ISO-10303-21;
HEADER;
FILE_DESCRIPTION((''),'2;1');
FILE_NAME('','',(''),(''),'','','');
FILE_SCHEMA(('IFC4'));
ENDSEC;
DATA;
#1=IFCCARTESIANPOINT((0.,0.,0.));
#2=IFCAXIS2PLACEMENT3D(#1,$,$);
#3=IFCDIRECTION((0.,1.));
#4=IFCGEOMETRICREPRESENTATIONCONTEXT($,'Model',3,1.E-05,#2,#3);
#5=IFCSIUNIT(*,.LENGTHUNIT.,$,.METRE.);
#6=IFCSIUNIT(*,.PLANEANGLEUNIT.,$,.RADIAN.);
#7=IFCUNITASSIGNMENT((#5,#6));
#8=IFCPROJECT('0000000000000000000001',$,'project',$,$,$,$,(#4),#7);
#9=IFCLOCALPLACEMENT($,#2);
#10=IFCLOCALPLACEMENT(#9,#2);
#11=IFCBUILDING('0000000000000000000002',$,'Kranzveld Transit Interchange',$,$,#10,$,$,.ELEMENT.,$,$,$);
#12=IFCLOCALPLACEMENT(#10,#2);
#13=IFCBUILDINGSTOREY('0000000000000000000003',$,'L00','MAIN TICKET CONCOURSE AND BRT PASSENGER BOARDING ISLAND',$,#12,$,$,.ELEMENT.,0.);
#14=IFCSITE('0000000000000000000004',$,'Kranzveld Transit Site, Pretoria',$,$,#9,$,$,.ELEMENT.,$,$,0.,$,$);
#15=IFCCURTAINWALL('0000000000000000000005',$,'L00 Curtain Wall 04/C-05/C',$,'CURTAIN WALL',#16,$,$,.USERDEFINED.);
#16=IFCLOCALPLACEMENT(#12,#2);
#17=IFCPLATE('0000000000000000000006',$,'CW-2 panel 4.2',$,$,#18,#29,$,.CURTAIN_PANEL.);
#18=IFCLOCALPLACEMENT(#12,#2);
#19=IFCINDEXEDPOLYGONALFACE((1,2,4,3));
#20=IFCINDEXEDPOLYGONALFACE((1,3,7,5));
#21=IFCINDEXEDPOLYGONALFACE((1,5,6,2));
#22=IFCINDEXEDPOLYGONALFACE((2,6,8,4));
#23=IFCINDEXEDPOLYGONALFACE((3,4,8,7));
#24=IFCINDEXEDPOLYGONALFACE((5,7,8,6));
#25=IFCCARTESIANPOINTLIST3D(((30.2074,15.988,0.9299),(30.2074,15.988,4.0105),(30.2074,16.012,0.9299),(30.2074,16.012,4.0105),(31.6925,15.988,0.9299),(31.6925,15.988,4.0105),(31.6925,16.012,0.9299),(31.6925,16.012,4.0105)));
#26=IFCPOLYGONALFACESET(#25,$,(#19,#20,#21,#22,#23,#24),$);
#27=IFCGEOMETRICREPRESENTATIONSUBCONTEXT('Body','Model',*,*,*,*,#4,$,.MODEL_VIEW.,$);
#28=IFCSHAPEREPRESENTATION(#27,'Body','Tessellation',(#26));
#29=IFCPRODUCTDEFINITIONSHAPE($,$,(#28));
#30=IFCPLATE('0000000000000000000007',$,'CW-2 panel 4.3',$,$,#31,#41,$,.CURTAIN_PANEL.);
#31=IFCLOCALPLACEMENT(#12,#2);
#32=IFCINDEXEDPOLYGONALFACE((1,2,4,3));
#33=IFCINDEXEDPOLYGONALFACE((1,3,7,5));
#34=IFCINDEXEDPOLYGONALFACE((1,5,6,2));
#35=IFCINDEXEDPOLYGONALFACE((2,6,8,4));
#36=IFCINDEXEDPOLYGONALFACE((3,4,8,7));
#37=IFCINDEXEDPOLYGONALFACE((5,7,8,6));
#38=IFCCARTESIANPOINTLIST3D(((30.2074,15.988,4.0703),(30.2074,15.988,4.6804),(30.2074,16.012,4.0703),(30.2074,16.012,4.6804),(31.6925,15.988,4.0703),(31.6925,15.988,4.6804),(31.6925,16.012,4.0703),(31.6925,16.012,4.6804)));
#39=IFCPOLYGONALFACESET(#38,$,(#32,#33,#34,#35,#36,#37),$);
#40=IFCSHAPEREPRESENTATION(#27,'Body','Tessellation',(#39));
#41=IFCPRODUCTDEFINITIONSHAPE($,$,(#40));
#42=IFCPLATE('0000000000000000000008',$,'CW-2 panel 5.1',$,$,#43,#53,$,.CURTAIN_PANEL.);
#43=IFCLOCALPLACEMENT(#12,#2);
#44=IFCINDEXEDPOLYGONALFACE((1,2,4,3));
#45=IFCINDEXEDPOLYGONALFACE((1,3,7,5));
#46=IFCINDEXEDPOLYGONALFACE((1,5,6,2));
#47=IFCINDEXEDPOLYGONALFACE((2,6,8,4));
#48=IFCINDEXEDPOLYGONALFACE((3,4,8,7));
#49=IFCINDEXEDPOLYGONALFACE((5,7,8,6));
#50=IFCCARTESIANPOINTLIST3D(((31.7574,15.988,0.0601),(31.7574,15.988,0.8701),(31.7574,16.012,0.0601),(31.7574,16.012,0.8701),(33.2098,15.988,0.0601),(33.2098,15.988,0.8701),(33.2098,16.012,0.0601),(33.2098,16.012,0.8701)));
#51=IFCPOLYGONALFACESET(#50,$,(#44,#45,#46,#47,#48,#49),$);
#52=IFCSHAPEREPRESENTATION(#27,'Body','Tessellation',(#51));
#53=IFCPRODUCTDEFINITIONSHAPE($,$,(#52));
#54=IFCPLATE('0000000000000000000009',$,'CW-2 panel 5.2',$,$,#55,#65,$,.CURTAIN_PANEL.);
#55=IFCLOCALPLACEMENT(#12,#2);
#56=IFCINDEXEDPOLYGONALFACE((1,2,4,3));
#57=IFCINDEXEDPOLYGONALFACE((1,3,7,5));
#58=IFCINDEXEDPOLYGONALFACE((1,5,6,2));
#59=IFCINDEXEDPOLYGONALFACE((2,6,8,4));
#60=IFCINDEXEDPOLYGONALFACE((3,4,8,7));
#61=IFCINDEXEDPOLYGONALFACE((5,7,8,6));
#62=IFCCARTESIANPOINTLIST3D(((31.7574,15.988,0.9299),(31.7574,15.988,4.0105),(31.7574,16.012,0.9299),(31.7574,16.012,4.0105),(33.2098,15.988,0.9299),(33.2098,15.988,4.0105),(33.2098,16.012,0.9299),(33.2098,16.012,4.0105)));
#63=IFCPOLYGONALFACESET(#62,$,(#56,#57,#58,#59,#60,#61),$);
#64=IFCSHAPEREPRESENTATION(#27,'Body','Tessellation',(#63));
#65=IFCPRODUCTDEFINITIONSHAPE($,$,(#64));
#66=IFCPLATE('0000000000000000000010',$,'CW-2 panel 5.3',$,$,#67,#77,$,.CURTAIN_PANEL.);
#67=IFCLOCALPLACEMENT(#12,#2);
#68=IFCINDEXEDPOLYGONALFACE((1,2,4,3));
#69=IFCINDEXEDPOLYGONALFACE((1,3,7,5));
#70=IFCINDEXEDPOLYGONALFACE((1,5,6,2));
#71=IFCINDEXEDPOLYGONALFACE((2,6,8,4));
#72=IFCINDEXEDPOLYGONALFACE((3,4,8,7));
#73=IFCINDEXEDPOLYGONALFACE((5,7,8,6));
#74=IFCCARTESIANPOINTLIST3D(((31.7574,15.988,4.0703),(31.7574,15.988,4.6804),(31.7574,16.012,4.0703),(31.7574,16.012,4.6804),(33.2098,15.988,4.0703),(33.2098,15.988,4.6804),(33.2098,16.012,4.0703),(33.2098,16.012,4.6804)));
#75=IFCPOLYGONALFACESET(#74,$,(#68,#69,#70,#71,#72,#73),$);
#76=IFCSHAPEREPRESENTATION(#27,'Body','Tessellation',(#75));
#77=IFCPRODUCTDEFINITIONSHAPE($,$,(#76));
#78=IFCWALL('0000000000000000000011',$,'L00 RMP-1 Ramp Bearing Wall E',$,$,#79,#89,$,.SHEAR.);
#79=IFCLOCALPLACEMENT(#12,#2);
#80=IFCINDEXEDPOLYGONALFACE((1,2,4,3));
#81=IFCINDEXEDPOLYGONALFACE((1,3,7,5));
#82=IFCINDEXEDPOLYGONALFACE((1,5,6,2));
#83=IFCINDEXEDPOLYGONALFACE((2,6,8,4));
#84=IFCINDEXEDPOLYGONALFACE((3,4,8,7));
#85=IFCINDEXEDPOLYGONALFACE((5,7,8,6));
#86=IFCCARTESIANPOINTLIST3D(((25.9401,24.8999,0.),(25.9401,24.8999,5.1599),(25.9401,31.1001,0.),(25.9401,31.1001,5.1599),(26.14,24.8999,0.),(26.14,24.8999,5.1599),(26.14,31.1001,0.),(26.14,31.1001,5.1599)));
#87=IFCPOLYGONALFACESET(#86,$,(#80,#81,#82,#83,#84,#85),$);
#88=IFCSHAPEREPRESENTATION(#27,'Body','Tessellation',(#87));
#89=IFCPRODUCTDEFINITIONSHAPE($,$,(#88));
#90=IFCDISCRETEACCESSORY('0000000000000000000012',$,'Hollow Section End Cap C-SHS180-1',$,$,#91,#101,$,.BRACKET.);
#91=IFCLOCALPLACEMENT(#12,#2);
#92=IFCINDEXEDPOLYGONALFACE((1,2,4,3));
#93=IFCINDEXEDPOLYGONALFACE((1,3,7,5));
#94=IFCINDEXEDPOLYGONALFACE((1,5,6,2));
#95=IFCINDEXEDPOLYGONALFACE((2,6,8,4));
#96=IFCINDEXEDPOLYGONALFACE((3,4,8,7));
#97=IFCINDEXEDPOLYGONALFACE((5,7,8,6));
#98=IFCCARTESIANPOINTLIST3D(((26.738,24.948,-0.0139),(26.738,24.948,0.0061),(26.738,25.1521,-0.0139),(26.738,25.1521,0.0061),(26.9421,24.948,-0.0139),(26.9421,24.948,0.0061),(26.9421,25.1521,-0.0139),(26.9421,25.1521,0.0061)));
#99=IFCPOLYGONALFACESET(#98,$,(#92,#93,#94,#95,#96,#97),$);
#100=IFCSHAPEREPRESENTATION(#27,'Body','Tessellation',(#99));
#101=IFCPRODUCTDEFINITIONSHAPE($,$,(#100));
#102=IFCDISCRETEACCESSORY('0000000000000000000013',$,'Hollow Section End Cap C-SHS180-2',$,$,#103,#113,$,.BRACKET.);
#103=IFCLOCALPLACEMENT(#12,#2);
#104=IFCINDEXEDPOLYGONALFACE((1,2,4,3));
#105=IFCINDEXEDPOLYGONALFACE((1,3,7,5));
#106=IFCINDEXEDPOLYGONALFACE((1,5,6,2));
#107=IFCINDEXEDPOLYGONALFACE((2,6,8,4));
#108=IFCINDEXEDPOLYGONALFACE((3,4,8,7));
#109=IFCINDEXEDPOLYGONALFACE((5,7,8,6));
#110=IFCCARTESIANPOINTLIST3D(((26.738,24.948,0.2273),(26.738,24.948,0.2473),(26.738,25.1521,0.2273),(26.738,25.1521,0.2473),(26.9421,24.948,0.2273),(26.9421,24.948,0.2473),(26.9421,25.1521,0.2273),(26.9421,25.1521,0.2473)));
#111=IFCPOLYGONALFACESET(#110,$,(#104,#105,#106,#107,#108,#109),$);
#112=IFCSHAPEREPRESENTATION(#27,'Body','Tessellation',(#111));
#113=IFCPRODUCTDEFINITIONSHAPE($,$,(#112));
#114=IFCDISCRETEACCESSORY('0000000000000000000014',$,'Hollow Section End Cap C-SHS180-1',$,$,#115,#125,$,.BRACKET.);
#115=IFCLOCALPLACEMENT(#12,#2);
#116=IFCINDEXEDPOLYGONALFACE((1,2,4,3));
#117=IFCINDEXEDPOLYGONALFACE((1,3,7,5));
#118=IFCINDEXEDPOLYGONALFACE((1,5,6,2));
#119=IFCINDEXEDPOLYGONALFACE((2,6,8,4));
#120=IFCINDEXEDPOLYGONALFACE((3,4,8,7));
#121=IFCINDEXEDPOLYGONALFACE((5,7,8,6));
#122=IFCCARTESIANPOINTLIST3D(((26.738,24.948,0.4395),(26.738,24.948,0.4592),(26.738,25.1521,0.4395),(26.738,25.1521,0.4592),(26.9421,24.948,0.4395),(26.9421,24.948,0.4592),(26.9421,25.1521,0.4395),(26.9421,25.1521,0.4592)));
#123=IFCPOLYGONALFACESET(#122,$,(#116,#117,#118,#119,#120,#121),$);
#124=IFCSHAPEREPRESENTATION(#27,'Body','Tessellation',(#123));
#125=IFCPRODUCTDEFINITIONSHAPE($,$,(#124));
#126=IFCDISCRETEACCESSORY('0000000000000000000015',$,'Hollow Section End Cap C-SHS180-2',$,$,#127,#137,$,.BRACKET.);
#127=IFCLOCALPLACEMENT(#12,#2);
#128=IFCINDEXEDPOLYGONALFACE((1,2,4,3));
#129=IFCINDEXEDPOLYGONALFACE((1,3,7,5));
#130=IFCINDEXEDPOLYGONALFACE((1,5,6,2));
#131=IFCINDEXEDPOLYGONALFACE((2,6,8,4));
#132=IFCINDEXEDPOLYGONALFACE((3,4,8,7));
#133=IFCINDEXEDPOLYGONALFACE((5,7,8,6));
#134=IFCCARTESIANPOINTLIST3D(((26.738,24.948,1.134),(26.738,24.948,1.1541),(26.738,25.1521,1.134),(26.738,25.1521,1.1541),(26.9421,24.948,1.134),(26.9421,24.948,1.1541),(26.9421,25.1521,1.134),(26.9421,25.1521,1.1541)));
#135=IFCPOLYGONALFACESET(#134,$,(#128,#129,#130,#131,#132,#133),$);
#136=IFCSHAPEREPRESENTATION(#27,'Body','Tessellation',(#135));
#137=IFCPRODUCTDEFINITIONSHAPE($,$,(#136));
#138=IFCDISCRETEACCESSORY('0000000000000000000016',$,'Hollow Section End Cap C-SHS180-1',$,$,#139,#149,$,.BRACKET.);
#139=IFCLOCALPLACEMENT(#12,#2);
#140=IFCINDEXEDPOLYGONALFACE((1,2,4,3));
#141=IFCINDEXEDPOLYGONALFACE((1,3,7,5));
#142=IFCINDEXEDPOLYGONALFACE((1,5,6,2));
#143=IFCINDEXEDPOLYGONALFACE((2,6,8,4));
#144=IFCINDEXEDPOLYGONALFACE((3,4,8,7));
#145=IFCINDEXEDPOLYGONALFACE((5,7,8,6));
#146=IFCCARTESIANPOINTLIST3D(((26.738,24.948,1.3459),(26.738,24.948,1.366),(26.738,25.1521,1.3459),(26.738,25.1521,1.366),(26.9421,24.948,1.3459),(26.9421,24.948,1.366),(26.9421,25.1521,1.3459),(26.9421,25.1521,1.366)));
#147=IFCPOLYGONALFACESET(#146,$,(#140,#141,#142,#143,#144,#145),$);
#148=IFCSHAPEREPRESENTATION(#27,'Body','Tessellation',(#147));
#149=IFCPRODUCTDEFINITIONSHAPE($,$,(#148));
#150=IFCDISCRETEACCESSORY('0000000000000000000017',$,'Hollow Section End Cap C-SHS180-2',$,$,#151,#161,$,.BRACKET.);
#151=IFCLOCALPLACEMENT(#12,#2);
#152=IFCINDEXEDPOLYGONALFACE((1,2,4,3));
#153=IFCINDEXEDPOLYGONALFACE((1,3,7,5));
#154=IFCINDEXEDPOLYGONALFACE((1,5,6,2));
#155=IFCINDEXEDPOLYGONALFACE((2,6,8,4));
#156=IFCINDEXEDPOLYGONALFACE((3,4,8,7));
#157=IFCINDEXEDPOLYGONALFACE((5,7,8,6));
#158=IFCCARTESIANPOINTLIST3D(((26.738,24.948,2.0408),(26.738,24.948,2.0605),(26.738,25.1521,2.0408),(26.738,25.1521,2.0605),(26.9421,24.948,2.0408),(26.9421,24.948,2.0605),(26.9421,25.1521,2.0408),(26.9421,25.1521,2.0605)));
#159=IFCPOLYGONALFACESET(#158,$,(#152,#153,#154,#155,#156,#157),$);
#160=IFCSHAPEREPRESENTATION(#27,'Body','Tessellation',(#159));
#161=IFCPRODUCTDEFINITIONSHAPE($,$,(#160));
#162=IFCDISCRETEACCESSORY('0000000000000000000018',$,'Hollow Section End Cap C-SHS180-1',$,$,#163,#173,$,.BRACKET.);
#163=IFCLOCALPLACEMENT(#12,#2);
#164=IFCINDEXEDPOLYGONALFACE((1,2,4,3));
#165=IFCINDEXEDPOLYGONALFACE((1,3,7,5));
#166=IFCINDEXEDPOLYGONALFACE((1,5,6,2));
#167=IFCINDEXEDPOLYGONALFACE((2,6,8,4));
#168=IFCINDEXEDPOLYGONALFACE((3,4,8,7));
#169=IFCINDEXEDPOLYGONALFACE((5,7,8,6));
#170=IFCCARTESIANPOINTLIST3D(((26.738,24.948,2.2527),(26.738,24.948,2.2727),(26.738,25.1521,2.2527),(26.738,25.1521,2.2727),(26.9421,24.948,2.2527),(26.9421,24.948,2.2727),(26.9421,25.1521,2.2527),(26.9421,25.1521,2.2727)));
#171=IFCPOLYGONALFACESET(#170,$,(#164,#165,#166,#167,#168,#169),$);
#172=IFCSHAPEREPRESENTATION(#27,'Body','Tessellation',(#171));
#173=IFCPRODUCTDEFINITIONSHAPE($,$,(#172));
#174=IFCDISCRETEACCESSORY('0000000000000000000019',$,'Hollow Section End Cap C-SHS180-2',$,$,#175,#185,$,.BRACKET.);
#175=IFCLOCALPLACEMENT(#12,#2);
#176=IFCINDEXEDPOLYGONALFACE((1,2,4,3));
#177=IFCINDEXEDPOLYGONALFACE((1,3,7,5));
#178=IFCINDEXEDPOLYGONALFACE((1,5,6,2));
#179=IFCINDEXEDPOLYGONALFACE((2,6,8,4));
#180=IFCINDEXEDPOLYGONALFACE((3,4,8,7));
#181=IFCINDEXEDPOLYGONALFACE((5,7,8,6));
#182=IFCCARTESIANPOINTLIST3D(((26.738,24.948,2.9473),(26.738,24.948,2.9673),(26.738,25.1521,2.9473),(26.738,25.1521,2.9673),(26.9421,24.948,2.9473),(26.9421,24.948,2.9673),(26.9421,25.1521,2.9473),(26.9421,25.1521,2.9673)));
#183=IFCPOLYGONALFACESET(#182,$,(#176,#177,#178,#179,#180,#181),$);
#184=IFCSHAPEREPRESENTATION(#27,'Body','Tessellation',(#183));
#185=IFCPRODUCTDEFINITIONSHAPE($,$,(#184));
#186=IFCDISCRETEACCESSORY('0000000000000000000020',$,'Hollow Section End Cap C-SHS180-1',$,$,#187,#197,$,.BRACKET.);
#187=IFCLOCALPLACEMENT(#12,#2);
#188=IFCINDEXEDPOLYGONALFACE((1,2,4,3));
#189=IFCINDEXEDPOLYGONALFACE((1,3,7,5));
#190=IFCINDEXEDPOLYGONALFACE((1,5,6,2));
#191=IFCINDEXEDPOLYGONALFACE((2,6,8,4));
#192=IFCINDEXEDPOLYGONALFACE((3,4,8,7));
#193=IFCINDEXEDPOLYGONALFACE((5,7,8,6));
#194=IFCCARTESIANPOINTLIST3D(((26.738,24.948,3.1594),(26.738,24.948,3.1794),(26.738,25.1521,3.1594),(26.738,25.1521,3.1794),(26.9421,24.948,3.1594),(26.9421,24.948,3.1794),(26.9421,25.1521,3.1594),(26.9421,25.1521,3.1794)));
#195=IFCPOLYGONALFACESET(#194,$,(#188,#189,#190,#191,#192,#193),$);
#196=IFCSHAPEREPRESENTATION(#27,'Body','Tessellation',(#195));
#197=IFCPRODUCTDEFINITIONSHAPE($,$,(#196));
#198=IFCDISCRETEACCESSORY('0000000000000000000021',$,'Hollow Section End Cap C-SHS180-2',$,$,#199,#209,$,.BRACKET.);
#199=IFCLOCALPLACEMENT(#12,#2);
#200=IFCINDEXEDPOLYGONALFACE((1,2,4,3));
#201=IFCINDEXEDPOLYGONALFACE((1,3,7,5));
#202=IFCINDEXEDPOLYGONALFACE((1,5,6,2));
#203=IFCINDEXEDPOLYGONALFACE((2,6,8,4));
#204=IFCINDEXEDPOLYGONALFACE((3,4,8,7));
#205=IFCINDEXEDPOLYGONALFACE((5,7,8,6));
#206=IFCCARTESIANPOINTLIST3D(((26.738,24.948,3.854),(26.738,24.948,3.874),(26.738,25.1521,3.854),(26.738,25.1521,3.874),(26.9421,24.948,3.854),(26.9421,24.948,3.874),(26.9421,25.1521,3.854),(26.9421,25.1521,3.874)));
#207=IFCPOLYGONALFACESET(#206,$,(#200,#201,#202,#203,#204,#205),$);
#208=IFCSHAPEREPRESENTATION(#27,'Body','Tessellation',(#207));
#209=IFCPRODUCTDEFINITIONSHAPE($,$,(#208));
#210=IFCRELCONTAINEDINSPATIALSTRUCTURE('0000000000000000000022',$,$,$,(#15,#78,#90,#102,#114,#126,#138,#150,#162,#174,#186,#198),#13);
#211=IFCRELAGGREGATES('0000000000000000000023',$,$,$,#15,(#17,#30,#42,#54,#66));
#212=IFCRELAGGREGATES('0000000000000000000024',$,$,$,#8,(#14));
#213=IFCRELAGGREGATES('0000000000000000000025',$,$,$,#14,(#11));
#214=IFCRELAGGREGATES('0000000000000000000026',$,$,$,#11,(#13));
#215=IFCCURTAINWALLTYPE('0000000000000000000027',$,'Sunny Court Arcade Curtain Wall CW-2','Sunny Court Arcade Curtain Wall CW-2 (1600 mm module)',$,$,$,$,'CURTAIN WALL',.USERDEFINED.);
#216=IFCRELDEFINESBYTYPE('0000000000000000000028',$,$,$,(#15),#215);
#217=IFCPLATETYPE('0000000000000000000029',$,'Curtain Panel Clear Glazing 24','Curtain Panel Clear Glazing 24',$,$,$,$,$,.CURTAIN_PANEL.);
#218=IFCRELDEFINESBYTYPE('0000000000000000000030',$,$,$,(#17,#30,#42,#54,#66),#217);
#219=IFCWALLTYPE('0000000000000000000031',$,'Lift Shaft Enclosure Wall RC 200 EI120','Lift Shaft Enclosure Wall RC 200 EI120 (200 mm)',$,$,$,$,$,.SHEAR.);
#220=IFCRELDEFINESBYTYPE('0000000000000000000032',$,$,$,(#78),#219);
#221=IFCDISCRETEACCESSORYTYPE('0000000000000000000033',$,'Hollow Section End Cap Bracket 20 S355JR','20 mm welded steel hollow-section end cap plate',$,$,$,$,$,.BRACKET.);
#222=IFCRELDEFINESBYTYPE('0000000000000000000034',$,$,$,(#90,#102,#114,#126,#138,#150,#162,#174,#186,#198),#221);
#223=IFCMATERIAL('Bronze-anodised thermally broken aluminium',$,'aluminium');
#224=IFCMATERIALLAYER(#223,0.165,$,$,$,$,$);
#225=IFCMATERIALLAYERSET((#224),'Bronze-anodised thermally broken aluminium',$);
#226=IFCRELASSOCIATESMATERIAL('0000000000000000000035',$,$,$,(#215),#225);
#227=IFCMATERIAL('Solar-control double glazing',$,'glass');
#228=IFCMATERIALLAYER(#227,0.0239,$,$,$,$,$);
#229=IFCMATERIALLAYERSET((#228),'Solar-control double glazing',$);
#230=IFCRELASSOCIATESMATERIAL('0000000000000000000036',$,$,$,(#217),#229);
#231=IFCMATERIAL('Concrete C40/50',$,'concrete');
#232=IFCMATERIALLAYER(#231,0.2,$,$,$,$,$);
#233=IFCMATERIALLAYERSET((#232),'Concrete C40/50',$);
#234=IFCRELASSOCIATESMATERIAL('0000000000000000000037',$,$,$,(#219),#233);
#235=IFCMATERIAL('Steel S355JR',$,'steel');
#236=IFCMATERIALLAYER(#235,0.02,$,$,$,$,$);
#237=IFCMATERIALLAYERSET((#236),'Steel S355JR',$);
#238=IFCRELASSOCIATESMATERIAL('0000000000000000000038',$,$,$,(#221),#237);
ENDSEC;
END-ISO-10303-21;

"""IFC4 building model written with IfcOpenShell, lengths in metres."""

from ifc_helpers import new_model, si_unit, direction, frame, frame_2d, origin, origin_2d, place, context, subcontext, project, spatial, rectangle, extrude, material, layer, layer_set, type_object, element, aggregate, save


model = new_model("IFC4")

# Units and contexts
model_context = context("Model", 3, precision=1e-05, world=origin(), true_north=direction((0.0, 1.0)))
body_context = subcontext(model_context, "Body", "Model", "MODEL_VIEW")
ifc_project = project(units=[si_unit("LENGTHUNIT", "METRE"), si_unit("PLANEANGLEUNIT", "RADIAN")], contexts=[model_context])

# Site, building, storey
site_placement = place(None, origin())
site = spatial("IfcSite", under=ifc_project, at=site_placement, Name="Kranzveld Transit Site, Pretoria", CompositionType="ELEMENT", RefElevation=0.0)
building_placement = place(site_placement, origin())
building = spatial("IfcBuilding", under=site, at=building_placement, Name="Kranzveld Transit Interchange", CompositionType="ELEMENT")
storey_placement = place(building_placement, origin())
storey = spatial("IfcBuildingStorey", under=building, at=storey_placement, Name="L00", Description="MAIN TICKET CONCOURSE AND BRT PASSENGER BOARDING ISLAND", CompositionType="ELEMENT", Elevation=0.0)

# Curtain wall
ifc_material_1 = material(Name="Bronze-anodised thermally broken aluminium", Category="aluminium")
ifc_layer_1 = layer(ifc_material_1, 0.165)
ifc_layer_set_1 = layer_set([ifc_layer_1], Name="Bronze-anodised thermally broken aluminium")
curtain_wall_type = type_object("IfcCurtainWallType", Name="Sunny Court Arcade Curtain Wall CW-2", Description="Sunny Court Arcade Curtain Wall CW-2 (1600 mm module)", ElementType="CURTAIN WALL", PredefinedType="USERDEFINED", material=ifc_layer_set_1)
curtain_wall_placement = place(storey_placement, origin())
curtain_wall = element("IfcCurtainWall", 1, at=curtain_wall_placement, inside=storey, type_object=curtain_wall_type, Name="L00 Curtain Wall 04/C-05/C", ObjectType="CURTAIN WALL", PredefinedType="USERDEFINED")

# Plates
ifc_material_2 = material(Name="Solar-control double glazing", Category="glass")
ifc_layer_2 = layer(ifc_material_2, 0.0239)
ifc_layer_set_2 = layer_set([ifc_layer_2], Name="Solar-control double glazing")
plate_type = type_object("IfcPlateType", Name="Curtain Panel Clear Glazing 24", Description="Curtain Panel Clear Glazing 24", PredefinedType="CURTAIN_PANEL", material=ifc_layer_set_2)
plate_1_placement = place(storey_placement, frame((30.95, 16.0, 0.9299), z_axis=(0.0, 0.0, 1.0), x_axis=(1.0, 0.0, 0.0)))
plate_1 = element("IfcPlate", 2, at=plate_1_placement, type_object=plate_type, Name="CW-2 panel 4.2", PredefinedType="CURTAIN_PANEL", context=body_context, shape_type="SweptSolid", body=[
    extrude(rectangle(XDim=1.4851, YDim=0.0239, at=origin_2d()), origin(), (0.0, 0.0, 1.0), 3.0806),
])
plate_2_placement = place(storey_placement, frame((30.95, 16.0, 4.0703), z_axis=(0.0, 0.0, 1.0), x_axis=(1.0, 0.0, 0.0)))
plate_2 = element("IfcPlate", 3, at=plate_2_placement, type_object=plate_type, Name="CW-2 panel 4.3", PredefinedType="CURTAIN_PANEL", context=body_context, shape_type="SweptSolid", body=[
    extrude(rectangle(XDim=1.4851, YDim=0.0239, at=origin_2d()), origin(), (0.0, 0.0, 1.0), 0.6101),
])
plate_3_placement = place(storey_placement, frame((32.4836, 16.0, 0.0601), z_axis=(0.0, 0.0, 1.0), x_axis=(1.0, 0.0, 0.0)))
plate_3 = element("IfcPlate", 4, at=plate_3_placement, type_object=plate_type, Name="CW-2 panel 5.1", PredefinedType="CURTAIN_PANEL", context=body_context, shape_type="SweptSolid", body=[
    extrude(rectangle(XDim=1.4524, YDim=0.0239, at=origin_2d()), origin(), (0.0, 0.0, 1.0), 0.8101),
])
plate_4_placement = place(storey_placement, frame((32.4836, 16.0, 0.9299), z_axis=(0.0, 0.0, 1.0), x_axis=(1.0, 0.0, 0.0)))
plate_4 = element("IfcPlate", 5, at=plate_4_placement, type_object=plate_type, Name="CW-2 panel 5.2", PredefinedType="CURTAIN_PANEL", context=body_context, shape_type="SweptSolid", body=[
    extrude(rectangle(XDim=1.4524, YDim=0.0239, at=origin_2d()), origin(), (0.0, 0.0, 1.0), 3.0806),
])
plate_5_placement = place(storey_placement, frame((32.4836, 16.0, 4.0703), z_axis=(0.0, 0.0, 1.0), x_axis=(1.0, 0.0, 0.0)))
plate_5 = element("IfcPlate", 6, at=plate_5_placement, type_object=plate_type, Name="CW-2 panel 5.3", PredefinedType="CURTAIN_PANEL", context=body_context, shape_type="SweptSolid", body=[
    extrude(rectangle(XDim=1.4524, YDim=0.0239, at=origin_2d()), origin(), (0.0, 0.0, 1.0), 0.6101),
])
aggregate(curtain_wall, [plate_1, plate_2, plate_3, plate_4, plate_5])

# Wall
ifc_material_3 = material(Name="Concrete C40/50", Category="concrete")
ifc_layer_3 = layer(ifc_material_3, 0.2)
ifc_layer_set_3 = layer_set([ifc_layer_3], Name="Concrete C40/50")
wall_type = type_object("IfcWallType", Name="Lift Shaft Enclosure Wall RC 200 EI120", Description="Lift Shaft Enclosure Wall RC 200 EI120 (200 mm)", PredefinedType="SHEAR", material=ifc_layer_set_3)
wall_placement = place(storey_placement, frame((26.04, 24.8999, 0.0), z_axis=(0.0, 0.0, 1.0), x_axis=(0.0, 1.0, 0.0)))
element("IfcWall", 7, at=wall_placement, inside=storey, type_object=wall_type, Name="L00 RMP-1 Ramp Bearing Wall E", PredefinedType="SHEAR", context=body_context, shape_type="SweptSolid", body=[
    extrude(rectangle(XDim=6.2002, YDim=0.2, at=frame_2d((3.1001, 0.0))), origin(), (0.0, 0.0, 1.0), 5.1599),
])

# Discrete accessories
ifc_material_4 = material(Name="Steel S355JR", Category="steel")
ifc_layer_4 = layer(ifc_material_4, 0.02)
ifc_layer_set_4 = layer_set([ifc_layer_4], Name="Steel S355JR")
discrete_accessory_type = type_object("IfcDiscreteAccessoryType", Name="Hollow Section End Cap Bracket 20 S355JR", Description="20 mm welded steel hollow-section end cap plate", PredefinedType="BRACKET", material=ifc_layer_set_4)
for number, where, z_axis, x_axis, name in (
    (8, (26.8401, 25.05, 0.0061), (0.0, 0.0, -1.0), (1.0, 0.0, 0.0), "Hollow Section End Cap C-SHS180-1"),
    (9, (26.8401, 25.05, 0.2273), (0.0, 0.0, 1.0), (1.0, 0.0, 0.0), "Hollow Section End Cap C-SHS180-2"),
):
    element("IfcDiscreteAccessory", number, at=place(storey_placement, frame(where, z_axis=z_axis, x_axis=x_axis)), inside=storey, type_object=discrete_accessory_type, Name=name, PredefinedType="BRACKET", context=body_context, shape_type="SweptSolid", body=[
        extrude(rectangle(XDim=0.2041, YDim=0.2041, at=origin_2d()), origin(), (0.0, 0.0, 1.0), 0.02),
    ])
discrete_accessory_1_placement = place(storey_placement, frame((26.8401, 25.05, 0.4592), z_axis=(0.0, 0.0, -1.0), x_axis=(1.0, 0.0, 0.0)))
element("IfcDiscreteAccessory", 10, at=discrete_accessory_1_placement, inside=storey, type_object=discrete_accessory_type, Name="Hollow Section End Cap C-SHS180-1", PredefinedType="BRACKET", context=body_context, shape_type="SweptSolid", body=[
    extrude(rectangle(XDim=0.2041, YDim=0.2041, at=origin_2d()), origin(), (0.0, 0.0, 1.0), 0.0198),
])
for number, where, z_axis, x_axis, name in (
    (11, (26.8401, 25.05, 1.134), (0.0, 0.0, 1.0), (1.0, 0.0, 0.0), "Hollow Section End Cap C-SHS180-2"),
    (12, (26.8401, 25.05, 1.366), (0.0, 0.0, -1.0), (1.0, 0.0, 0.0), "Hollow Section End Cap C-SHS180-1"),
):
    element("IfcDiscreteAccessory", number, at=place(storey_placement, frame(where, z_axis=z_axis, x_axis=x_axis)), inside=storey, type_object=discrete_accessory_type, Name=name, PredefinedType="BRACKET", context=body_context, shape_type="SweptSolid", body=[
        extrude(rectangle(XDim=0.2041, YDim=0.2041, at=origin_2d()), origin(), (0.0, 0.0, 1.0), 0.02),
    ])
discrete_accessory_2_placement = place(storey_placement, frame((26.8401, 25.05, 2.0408), z_axis=(0.0, 0.0, 1.0), x_axis=(1.0, 0.0, 0.0)))
element("IfcDiscreteAccessory", 13, at=discrete_accessory_2_placement, inside=storey, type_object=discrete_accessory_type, Name="Hollow Section End Cap C-SHS180-2", PredefinedType="BRACKET", context=body_context, shape_type="SweptSolid", body=[
    extrude(rectangle(XDim=0.2041, YDim=0.2041, at=origin_2d()), origin(), (0.0, 0.0, 1.0), 0.0198),
])
for number, where, z_axis, x_axis, name in (
    (14, (26.8401, 25.05, 2.2727), (0.0, 0.0, -1.0), (1.0, 0.0, 0.0), "Hollow Section End Cap C-SHS180-1"),
    (15, (26.8401, 25.05, 2.9473), (0.0, 0.0, 1.0), (1.0, 0.0, 0.0), "Hollow Section End Cap C-SHS180-2"),
    (16, (26.8401, 25.05, 3.1794), (0.0, 0.0, -1.0), (1.0, 0.0, 0.0), "Hollow Section End Cap C-SHS180-1"),
    (17, (26.8401, 25.05, 3.854), (0.0, 0.0, 1.0), (1.0, 0.0, 0.0), "Hollow Section End Cap C-SHS180-2"),
):
    element("IfcDiscreteAccessory", number, at=place(storey_placement, frame(where, z_axis=z_axis, x_axis=x_axis)), inside=storey, type_object=discrete_accessory_type, Name=name, PredefinedType="BRACKET", context=body_context, shape_type="SweptSolid", body=[
        extrude(rectangle(XDim=0.2041, YDim=0.2041, at=origin_2d()), origin(), (0.0, 0.0, 1.0), 0.02),
    ])

save(model, "model.ifc")
